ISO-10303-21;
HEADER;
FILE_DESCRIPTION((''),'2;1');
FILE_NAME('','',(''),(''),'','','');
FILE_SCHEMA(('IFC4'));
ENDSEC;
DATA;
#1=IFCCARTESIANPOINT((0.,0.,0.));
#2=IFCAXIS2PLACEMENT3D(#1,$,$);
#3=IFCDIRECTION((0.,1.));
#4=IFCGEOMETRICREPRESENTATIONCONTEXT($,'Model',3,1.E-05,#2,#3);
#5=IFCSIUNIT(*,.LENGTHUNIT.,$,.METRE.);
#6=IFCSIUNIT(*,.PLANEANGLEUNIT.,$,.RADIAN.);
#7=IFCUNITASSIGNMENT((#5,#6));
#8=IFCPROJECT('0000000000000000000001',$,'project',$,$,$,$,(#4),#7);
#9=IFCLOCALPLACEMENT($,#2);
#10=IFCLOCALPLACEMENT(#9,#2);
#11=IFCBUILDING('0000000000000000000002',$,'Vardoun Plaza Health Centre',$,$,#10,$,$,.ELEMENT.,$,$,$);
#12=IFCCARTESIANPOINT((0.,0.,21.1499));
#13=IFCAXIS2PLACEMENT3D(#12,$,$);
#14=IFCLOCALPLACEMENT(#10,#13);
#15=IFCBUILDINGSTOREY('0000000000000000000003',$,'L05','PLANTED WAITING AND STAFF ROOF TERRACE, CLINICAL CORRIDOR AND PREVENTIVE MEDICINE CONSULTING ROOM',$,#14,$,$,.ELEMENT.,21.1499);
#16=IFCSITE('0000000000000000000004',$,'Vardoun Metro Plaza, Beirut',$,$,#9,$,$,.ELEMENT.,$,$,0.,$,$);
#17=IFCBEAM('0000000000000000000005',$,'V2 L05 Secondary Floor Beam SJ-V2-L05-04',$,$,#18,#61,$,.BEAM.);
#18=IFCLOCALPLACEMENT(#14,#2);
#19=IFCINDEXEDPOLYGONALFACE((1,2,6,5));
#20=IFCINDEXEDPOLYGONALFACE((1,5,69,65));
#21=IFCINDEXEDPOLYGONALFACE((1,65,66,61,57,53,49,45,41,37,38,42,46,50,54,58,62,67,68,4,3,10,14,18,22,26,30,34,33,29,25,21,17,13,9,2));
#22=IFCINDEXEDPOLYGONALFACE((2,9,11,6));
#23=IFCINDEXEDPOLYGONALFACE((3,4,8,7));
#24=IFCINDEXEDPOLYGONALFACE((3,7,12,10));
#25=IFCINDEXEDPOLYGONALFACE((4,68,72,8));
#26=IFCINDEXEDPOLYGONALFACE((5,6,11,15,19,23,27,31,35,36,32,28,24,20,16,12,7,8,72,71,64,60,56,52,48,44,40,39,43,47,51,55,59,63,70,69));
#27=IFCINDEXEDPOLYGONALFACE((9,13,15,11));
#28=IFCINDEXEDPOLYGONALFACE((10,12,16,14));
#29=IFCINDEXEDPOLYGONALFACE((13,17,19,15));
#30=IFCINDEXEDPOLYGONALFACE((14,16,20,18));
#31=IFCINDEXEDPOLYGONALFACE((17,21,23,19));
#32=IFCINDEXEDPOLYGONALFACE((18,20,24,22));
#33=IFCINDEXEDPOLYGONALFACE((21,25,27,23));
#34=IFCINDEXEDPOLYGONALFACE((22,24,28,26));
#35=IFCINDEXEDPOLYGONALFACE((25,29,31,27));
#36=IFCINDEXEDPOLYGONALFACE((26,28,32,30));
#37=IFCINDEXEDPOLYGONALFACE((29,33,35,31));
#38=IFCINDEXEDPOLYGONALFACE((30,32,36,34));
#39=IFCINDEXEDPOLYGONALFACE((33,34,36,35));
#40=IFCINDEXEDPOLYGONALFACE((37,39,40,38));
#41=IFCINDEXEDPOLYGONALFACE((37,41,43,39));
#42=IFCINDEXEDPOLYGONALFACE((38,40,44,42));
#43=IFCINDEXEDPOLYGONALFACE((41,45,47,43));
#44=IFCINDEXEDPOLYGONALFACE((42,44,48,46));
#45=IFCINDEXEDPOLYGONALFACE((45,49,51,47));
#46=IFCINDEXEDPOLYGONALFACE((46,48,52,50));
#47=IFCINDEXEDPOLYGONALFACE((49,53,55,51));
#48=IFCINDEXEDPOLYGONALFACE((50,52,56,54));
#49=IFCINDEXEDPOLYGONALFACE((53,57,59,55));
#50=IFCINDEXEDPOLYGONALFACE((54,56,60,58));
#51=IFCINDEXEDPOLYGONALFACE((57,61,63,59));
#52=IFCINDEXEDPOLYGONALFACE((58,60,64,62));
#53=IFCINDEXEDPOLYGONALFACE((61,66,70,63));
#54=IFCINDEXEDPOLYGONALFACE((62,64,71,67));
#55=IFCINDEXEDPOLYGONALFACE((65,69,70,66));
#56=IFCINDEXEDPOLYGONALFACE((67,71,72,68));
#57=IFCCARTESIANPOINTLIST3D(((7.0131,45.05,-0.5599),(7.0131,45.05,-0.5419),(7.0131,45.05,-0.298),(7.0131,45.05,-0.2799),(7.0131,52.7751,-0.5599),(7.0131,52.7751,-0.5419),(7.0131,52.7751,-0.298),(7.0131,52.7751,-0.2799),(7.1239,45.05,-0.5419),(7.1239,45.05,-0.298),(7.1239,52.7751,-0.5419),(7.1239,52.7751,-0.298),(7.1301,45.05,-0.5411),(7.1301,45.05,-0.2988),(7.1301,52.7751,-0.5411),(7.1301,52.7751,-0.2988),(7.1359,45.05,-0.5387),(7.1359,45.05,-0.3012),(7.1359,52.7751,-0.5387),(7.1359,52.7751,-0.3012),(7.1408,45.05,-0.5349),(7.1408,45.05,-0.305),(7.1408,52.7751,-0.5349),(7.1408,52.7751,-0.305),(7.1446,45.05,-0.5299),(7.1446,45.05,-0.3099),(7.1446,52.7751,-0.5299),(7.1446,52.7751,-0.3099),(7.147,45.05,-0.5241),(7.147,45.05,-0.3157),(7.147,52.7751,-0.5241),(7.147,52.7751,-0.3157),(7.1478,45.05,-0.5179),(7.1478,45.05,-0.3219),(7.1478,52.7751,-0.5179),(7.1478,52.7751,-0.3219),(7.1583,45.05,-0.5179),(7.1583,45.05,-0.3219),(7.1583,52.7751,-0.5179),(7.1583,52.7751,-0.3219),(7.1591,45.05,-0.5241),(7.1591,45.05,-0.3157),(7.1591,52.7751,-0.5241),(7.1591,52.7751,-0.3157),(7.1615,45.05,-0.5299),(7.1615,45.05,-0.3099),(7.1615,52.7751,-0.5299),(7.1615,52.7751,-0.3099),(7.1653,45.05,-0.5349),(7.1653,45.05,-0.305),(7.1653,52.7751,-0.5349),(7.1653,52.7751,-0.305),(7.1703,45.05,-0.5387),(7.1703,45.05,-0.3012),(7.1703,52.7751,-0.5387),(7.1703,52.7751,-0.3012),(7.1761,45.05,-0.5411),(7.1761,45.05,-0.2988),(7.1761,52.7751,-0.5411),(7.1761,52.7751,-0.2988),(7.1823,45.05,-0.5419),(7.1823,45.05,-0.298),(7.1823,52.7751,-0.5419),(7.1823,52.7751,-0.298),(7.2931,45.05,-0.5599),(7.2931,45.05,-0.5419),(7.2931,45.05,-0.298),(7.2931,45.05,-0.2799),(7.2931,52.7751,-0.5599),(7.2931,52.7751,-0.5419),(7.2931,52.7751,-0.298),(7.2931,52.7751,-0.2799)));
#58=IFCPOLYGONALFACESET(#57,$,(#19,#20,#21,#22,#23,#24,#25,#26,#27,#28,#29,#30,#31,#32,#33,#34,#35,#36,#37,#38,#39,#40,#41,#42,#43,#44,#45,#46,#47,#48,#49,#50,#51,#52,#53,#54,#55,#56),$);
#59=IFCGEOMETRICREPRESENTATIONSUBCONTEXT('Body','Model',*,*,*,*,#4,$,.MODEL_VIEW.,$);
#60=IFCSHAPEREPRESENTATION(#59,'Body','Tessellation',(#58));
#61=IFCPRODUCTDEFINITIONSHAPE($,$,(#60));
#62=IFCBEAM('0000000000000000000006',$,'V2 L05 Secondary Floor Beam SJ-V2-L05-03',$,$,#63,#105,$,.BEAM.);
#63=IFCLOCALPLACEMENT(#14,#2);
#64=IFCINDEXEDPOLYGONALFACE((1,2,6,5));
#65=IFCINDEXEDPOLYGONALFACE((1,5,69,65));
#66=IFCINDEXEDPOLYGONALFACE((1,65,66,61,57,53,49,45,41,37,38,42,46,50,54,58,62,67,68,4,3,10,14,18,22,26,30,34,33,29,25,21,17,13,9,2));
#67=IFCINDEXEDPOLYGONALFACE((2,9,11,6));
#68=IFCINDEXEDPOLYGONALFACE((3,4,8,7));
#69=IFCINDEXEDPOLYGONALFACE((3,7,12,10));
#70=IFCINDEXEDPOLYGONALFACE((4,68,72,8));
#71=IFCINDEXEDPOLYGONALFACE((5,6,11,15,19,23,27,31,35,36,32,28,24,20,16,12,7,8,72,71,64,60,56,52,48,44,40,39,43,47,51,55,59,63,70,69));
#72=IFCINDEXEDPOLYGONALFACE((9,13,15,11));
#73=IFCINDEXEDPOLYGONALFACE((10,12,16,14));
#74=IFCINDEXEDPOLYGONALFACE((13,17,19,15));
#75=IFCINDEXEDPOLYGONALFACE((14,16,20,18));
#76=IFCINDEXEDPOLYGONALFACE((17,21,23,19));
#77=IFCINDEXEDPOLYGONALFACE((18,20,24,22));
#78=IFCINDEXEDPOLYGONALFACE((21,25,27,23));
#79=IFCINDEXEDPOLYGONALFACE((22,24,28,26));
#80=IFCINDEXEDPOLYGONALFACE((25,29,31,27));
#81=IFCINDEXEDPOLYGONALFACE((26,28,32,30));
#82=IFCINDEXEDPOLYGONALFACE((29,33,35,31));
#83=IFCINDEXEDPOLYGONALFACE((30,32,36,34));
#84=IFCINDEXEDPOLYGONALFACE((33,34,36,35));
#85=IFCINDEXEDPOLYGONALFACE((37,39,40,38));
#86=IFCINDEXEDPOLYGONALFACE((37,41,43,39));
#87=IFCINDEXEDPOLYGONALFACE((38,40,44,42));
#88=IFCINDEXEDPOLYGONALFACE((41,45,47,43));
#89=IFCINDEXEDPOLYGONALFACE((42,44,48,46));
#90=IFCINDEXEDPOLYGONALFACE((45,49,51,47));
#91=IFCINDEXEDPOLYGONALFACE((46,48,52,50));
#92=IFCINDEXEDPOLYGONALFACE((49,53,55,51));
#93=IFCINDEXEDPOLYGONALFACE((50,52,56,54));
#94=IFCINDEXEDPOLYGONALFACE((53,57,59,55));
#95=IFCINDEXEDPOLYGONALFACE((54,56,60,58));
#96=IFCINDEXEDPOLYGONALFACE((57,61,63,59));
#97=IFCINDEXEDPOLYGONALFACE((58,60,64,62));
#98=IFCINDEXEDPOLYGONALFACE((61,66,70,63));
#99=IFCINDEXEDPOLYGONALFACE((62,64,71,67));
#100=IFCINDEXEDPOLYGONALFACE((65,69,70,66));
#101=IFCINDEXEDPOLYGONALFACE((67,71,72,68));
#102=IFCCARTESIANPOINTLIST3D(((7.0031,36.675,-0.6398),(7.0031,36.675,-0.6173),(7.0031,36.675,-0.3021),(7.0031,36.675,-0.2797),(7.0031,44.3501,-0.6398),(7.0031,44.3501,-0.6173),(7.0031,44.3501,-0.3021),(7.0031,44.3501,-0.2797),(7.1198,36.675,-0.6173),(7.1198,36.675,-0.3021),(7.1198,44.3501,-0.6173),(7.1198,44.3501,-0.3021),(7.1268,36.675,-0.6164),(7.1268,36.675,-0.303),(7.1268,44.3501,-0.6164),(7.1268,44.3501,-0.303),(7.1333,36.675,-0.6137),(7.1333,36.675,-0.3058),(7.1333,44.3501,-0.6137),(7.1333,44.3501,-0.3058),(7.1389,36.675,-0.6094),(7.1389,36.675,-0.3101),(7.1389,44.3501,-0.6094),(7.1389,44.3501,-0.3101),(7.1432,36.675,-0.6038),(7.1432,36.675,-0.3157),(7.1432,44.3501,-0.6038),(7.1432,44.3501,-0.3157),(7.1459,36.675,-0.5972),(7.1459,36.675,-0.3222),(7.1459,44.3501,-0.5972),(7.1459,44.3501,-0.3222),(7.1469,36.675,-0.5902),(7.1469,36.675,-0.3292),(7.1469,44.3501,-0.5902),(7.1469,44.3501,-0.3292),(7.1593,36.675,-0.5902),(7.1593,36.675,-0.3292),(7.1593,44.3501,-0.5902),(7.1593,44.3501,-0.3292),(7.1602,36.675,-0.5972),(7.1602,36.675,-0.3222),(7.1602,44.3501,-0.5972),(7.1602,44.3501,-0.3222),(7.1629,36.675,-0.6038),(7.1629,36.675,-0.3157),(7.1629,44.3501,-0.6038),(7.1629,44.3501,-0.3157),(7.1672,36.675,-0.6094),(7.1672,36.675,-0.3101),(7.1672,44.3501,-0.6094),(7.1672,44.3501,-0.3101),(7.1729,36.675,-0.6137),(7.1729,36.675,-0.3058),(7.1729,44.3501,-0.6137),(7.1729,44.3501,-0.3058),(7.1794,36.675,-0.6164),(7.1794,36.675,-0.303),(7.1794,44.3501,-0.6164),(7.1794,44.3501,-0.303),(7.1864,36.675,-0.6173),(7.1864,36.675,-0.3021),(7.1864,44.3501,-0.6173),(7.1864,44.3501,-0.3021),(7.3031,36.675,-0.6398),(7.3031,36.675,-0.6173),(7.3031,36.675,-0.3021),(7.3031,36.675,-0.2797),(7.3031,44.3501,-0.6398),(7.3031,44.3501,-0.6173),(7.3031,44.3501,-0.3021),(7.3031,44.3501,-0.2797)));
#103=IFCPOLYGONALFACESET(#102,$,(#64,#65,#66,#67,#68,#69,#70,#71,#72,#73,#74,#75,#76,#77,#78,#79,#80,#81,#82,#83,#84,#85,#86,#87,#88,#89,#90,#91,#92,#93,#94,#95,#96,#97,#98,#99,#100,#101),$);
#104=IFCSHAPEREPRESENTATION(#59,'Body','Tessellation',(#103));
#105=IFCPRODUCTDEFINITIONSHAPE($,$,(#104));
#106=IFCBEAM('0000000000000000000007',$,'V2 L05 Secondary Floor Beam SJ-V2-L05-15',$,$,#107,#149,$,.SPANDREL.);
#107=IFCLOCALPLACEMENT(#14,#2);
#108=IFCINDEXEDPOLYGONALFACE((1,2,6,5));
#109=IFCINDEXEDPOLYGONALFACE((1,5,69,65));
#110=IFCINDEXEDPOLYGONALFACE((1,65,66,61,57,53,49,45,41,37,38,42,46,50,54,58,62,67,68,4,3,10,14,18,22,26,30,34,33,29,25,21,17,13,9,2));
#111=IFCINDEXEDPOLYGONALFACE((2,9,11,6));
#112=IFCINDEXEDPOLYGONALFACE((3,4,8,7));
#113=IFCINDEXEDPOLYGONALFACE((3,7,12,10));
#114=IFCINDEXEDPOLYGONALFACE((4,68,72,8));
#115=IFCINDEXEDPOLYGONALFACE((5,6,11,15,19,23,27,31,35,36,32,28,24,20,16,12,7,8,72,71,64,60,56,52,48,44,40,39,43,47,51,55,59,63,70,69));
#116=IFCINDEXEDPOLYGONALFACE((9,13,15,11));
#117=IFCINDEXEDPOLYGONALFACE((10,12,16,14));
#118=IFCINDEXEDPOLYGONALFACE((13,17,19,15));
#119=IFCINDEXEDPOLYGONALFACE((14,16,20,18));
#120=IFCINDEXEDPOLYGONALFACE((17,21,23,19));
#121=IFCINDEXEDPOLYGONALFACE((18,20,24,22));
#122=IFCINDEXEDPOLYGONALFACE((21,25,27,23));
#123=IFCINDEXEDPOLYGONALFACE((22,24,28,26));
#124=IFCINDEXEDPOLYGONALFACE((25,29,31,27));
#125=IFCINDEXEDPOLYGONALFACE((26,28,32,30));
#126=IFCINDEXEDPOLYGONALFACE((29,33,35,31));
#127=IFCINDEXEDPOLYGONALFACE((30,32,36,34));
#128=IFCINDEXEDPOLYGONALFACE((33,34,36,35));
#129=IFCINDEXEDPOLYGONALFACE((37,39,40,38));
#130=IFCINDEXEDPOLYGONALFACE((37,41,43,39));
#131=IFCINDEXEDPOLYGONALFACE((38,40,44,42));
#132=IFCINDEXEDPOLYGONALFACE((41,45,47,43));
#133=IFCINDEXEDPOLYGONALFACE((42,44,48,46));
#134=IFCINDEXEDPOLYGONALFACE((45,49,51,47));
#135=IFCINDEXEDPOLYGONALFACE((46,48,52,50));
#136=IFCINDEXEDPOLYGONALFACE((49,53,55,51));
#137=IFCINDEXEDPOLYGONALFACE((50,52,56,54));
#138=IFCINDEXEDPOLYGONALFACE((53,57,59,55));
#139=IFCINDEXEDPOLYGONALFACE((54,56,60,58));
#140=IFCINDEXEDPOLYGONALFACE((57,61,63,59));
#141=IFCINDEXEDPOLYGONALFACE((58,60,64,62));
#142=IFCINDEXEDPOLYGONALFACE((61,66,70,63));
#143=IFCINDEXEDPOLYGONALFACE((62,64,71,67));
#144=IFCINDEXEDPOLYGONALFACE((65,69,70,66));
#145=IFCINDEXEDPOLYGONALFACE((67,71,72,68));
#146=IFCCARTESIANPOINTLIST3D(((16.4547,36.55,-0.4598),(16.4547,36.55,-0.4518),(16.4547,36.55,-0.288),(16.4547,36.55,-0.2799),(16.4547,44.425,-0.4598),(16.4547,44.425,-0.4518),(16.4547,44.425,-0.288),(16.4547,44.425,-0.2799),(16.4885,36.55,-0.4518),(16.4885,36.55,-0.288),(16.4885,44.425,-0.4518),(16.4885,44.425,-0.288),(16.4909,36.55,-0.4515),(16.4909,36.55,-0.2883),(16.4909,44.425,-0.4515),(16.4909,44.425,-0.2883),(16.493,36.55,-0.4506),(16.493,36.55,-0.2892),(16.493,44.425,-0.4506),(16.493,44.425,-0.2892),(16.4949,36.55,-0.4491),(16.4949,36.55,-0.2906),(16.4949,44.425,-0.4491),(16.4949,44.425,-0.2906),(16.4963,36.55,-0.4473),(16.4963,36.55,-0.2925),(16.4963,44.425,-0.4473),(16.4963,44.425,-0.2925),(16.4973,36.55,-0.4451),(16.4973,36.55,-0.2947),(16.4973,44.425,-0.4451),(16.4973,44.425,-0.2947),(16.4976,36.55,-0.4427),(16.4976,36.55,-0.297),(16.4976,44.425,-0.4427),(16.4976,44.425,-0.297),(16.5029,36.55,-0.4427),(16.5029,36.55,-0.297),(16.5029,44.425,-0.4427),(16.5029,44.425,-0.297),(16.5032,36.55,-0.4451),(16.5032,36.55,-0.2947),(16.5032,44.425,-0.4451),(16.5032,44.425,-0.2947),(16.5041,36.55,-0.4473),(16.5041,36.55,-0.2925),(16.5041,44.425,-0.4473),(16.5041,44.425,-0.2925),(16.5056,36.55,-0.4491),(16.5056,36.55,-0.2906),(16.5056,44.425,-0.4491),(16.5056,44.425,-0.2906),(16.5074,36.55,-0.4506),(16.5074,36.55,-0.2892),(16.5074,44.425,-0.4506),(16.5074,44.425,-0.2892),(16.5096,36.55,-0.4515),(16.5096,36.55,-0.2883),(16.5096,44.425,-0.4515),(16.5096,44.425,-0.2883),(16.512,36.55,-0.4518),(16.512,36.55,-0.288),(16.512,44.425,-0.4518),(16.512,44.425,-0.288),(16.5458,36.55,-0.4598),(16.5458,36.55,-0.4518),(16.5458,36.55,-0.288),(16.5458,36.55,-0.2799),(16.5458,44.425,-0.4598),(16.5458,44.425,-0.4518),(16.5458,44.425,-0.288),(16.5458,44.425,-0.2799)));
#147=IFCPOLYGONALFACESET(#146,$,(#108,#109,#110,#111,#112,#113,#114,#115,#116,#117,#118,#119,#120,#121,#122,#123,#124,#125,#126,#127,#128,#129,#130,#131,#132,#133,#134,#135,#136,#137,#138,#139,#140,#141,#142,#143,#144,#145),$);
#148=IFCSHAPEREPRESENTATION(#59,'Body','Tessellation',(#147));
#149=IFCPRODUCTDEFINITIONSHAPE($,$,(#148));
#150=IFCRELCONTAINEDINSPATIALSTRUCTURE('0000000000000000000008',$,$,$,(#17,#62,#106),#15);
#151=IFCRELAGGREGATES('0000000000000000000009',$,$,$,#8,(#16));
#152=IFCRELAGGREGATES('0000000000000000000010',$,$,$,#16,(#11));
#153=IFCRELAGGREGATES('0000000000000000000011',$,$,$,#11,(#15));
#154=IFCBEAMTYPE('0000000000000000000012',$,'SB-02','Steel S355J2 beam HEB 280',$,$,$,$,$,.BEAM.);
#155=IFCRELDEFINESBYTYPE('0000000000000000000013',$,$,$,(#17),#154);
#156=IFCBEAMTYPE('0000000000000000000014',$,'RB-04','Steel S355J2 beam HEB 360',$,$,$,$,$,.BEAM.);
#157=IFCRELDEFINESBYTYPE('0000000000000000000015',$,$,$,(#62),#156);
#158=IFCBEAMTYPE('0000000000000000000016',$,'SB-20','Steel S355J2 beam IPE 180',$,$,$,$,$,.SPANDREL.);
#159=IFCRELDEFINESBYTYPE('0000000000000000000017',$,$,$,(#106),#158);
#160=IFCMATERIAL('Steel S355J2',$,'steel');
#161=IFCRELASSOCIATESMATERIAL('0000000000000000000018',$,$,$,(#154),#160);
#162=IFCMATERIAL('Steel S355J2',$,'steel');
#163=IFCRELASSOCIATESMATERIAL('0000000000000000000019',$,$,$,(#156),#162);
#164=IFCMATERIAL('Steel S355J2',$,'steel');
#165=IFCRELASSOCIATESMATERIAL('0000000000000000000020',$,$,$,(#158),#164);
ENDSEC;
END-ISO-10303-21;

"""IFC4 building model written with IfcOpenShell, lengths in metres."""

from ifc_helpers import new_model, si_unit, direction, frame, origin, origin_2d, place, context, subcontext, project, spatial, i_section, extrude, material, material_profile, profile_set, type_object, element, save


model = new_model("IFC4")

# Units and contexts
model_context = context("Model", 3, precision=1e-05, world=origin(), true_north=direction((0.0, 1.0)))
body_context = subcontext(model_context, "Body", "Model", "MODEL_VIEW")
ifc_project = project(units=[si_unit("LENGTHUNIT", "METRE"), si_unit("PLANEANGLEUNIT", "RADIAN")], contexts=[model_context])

# Site, building, storey
site_placement = place(None, origin())
site = spatial("IfcSite", under=ifc_project, at=site_placement, Name="Vardoun Metro Plaza, Beirut", CompositionType="ELEMENT", RefElevation=0.0)
building_placement = place(site_placement, origin())
building = spatial("IfcBuilding", under=site, at=building_placement, Name="Vardoun Plaza Health Centre", CompositionType="ELEMENT")
storey_placement = place(building_placement, frame((0.0, 0.0, 21.1499)))
storey = spatial("IfcBuildingStorey", under=building, at=storey_placement, Name="L05", Description="PLANTED WAITING AND STAFF ROOF TERRACE, CLINICAL CORRIDOR AND PREVENTIVE MEDICINE CONSULTING ROOM", CompositionType="ELEMENT", Elevation=21.1499)

# Beams
ifc_material_1 = material(Name="Steel S355J2", Category="steel")
ifc_material_profile_1 = material_profile(ifc_material_1, i_section(OverallWidth=0.28, OverallDepth=0.28, WebThickness=0.0105, FlangeThickness=0.0181, FilletRadius=0.0239, at=origin_2d()), Name="HEB 280")
ifc_profile_set_1 = profile_set([ifc_material_profile_1], Name="Steel S355J2")
beam_type_1 = type_object("IfcBeamType", Name="SB-02", Description="Steel S355J2 beam HEB 280", PredefinedType="BEAM", material=ifc_profile_set_1)
beam_1_placement = place(storey_placement, frame((7.1531, 45.05, -0.4199), z_axis=(0.0, 1.0, 0.0), x_axis=(-1.0, 0.0, 0.0)))
element("IfcBeam", 1, at=beam_1_placement, inside=storey, type_object=beam_type_1, Name="V2 L05 Secondary Floor Beam SJ-V2-L05-04", PredefinedType="BEAM", context=body_context, shape_type="SweptSolid", body=[
    extrude(i_section(OverallWidth=0.28, OverallDepth=0.28, WebThickness=0.0105, FlangeThickness=0.0181, FilletRadius=0.0239, at=origin_2d()), origin(), (0.0, 0.0, 1.0), 7.7251),
])
ifc_material_2 = material(Name="Steel S355J2", Category="steel")
ifc_material_profile_2 = material_profile(ifc_material_2, i_section(OverallWidth=0.3, OverallDepth=0.3601, WebThickness=0.0125, FlangeThickness=0.0225, FilletRadius=0.0271, at=origin_2d()), Name="HEB 360")
ifc_profile_set_2 = profile_set([ifc_material_profile_2], Name="Steel S355J2")
beam_type_2 = type_object("IfcBeamType", Name="RB-04", Description="Steel S355J2 beam HEB 360", PredefinedType="BEAM", material=ifc_profile_set_2)
beam_2_placement = place(storey_placement, frame((7.1531, 36.675, -0.4597), z_axis=(0.0, 1.0, 0.0), x_axis=(-1.0, 0.0, 0.0)))
element("IfcBeam", 2, at=beam_2_placement, inside=storey, type_object=beam_type_2, Name="V2 L05 Secondary Floor Beam SJ-V2-L05-03", PredefinedType="BEAM", context=body_context, shape_type="SweptSolid", body=[
    extrude(i_section(OverallWidth=0.3, OverallDepth=0.3601, WebThickness=0.0125, FlangeThickness=0.0225, FilletRadius=0.0271, at=origin_2d()), origin(), (0.0, 0.0, 1.0), 7.675),
])
ifc_material_3 = material(Name="Steel S355J2", Category="steel")
ifc_material_profile_3 = material_profile(ifc_material_3, i_section(OverallWidth=0.0911, OverallDepth=0.1799, WebThickness=0.0054, FlangeThickness=0.0081, FilletRadius=0.009, at=origin_2d()), Name="IPE 180")
ifc_profile_set_3 = profile_set([ifc_material_profile_3], Name="Steel S355J2")
beam_type_3 = type_object("IfcBeamType", Name="SB-20", Description="Steel S355J2 beam IPE 180", PredefinedType="SPANDREL", material=ifc_profile_set_3)
beam_3_placement = place(storey_placement, frame((16.5002, 36.55, -0.3699), z_axis=(0.0, 1.0, 0.0), x_axis=(-1.0, 0.0, 0.0)))
element("IfcBeam", 3, at=beam_3_placement, inside=storey, type_object=beam_type_3, Name="V2 L05 Secondary Floor Beam SJ-V2-L05-15", PredefinedType="SPANDREL", context=body_context, shape_type="SweptSolid", body=[
    extrude(i_section(OverallWidth=0.0911, OverallDepth=0.1799, WebThickness=0.0054, FlangeThickness=0.0081, FilletRadius=0.009, at=origin_2d()), origin(), (0.0, 0.0, 1.0), 7.875),
])

save(model, "model.ifc")
